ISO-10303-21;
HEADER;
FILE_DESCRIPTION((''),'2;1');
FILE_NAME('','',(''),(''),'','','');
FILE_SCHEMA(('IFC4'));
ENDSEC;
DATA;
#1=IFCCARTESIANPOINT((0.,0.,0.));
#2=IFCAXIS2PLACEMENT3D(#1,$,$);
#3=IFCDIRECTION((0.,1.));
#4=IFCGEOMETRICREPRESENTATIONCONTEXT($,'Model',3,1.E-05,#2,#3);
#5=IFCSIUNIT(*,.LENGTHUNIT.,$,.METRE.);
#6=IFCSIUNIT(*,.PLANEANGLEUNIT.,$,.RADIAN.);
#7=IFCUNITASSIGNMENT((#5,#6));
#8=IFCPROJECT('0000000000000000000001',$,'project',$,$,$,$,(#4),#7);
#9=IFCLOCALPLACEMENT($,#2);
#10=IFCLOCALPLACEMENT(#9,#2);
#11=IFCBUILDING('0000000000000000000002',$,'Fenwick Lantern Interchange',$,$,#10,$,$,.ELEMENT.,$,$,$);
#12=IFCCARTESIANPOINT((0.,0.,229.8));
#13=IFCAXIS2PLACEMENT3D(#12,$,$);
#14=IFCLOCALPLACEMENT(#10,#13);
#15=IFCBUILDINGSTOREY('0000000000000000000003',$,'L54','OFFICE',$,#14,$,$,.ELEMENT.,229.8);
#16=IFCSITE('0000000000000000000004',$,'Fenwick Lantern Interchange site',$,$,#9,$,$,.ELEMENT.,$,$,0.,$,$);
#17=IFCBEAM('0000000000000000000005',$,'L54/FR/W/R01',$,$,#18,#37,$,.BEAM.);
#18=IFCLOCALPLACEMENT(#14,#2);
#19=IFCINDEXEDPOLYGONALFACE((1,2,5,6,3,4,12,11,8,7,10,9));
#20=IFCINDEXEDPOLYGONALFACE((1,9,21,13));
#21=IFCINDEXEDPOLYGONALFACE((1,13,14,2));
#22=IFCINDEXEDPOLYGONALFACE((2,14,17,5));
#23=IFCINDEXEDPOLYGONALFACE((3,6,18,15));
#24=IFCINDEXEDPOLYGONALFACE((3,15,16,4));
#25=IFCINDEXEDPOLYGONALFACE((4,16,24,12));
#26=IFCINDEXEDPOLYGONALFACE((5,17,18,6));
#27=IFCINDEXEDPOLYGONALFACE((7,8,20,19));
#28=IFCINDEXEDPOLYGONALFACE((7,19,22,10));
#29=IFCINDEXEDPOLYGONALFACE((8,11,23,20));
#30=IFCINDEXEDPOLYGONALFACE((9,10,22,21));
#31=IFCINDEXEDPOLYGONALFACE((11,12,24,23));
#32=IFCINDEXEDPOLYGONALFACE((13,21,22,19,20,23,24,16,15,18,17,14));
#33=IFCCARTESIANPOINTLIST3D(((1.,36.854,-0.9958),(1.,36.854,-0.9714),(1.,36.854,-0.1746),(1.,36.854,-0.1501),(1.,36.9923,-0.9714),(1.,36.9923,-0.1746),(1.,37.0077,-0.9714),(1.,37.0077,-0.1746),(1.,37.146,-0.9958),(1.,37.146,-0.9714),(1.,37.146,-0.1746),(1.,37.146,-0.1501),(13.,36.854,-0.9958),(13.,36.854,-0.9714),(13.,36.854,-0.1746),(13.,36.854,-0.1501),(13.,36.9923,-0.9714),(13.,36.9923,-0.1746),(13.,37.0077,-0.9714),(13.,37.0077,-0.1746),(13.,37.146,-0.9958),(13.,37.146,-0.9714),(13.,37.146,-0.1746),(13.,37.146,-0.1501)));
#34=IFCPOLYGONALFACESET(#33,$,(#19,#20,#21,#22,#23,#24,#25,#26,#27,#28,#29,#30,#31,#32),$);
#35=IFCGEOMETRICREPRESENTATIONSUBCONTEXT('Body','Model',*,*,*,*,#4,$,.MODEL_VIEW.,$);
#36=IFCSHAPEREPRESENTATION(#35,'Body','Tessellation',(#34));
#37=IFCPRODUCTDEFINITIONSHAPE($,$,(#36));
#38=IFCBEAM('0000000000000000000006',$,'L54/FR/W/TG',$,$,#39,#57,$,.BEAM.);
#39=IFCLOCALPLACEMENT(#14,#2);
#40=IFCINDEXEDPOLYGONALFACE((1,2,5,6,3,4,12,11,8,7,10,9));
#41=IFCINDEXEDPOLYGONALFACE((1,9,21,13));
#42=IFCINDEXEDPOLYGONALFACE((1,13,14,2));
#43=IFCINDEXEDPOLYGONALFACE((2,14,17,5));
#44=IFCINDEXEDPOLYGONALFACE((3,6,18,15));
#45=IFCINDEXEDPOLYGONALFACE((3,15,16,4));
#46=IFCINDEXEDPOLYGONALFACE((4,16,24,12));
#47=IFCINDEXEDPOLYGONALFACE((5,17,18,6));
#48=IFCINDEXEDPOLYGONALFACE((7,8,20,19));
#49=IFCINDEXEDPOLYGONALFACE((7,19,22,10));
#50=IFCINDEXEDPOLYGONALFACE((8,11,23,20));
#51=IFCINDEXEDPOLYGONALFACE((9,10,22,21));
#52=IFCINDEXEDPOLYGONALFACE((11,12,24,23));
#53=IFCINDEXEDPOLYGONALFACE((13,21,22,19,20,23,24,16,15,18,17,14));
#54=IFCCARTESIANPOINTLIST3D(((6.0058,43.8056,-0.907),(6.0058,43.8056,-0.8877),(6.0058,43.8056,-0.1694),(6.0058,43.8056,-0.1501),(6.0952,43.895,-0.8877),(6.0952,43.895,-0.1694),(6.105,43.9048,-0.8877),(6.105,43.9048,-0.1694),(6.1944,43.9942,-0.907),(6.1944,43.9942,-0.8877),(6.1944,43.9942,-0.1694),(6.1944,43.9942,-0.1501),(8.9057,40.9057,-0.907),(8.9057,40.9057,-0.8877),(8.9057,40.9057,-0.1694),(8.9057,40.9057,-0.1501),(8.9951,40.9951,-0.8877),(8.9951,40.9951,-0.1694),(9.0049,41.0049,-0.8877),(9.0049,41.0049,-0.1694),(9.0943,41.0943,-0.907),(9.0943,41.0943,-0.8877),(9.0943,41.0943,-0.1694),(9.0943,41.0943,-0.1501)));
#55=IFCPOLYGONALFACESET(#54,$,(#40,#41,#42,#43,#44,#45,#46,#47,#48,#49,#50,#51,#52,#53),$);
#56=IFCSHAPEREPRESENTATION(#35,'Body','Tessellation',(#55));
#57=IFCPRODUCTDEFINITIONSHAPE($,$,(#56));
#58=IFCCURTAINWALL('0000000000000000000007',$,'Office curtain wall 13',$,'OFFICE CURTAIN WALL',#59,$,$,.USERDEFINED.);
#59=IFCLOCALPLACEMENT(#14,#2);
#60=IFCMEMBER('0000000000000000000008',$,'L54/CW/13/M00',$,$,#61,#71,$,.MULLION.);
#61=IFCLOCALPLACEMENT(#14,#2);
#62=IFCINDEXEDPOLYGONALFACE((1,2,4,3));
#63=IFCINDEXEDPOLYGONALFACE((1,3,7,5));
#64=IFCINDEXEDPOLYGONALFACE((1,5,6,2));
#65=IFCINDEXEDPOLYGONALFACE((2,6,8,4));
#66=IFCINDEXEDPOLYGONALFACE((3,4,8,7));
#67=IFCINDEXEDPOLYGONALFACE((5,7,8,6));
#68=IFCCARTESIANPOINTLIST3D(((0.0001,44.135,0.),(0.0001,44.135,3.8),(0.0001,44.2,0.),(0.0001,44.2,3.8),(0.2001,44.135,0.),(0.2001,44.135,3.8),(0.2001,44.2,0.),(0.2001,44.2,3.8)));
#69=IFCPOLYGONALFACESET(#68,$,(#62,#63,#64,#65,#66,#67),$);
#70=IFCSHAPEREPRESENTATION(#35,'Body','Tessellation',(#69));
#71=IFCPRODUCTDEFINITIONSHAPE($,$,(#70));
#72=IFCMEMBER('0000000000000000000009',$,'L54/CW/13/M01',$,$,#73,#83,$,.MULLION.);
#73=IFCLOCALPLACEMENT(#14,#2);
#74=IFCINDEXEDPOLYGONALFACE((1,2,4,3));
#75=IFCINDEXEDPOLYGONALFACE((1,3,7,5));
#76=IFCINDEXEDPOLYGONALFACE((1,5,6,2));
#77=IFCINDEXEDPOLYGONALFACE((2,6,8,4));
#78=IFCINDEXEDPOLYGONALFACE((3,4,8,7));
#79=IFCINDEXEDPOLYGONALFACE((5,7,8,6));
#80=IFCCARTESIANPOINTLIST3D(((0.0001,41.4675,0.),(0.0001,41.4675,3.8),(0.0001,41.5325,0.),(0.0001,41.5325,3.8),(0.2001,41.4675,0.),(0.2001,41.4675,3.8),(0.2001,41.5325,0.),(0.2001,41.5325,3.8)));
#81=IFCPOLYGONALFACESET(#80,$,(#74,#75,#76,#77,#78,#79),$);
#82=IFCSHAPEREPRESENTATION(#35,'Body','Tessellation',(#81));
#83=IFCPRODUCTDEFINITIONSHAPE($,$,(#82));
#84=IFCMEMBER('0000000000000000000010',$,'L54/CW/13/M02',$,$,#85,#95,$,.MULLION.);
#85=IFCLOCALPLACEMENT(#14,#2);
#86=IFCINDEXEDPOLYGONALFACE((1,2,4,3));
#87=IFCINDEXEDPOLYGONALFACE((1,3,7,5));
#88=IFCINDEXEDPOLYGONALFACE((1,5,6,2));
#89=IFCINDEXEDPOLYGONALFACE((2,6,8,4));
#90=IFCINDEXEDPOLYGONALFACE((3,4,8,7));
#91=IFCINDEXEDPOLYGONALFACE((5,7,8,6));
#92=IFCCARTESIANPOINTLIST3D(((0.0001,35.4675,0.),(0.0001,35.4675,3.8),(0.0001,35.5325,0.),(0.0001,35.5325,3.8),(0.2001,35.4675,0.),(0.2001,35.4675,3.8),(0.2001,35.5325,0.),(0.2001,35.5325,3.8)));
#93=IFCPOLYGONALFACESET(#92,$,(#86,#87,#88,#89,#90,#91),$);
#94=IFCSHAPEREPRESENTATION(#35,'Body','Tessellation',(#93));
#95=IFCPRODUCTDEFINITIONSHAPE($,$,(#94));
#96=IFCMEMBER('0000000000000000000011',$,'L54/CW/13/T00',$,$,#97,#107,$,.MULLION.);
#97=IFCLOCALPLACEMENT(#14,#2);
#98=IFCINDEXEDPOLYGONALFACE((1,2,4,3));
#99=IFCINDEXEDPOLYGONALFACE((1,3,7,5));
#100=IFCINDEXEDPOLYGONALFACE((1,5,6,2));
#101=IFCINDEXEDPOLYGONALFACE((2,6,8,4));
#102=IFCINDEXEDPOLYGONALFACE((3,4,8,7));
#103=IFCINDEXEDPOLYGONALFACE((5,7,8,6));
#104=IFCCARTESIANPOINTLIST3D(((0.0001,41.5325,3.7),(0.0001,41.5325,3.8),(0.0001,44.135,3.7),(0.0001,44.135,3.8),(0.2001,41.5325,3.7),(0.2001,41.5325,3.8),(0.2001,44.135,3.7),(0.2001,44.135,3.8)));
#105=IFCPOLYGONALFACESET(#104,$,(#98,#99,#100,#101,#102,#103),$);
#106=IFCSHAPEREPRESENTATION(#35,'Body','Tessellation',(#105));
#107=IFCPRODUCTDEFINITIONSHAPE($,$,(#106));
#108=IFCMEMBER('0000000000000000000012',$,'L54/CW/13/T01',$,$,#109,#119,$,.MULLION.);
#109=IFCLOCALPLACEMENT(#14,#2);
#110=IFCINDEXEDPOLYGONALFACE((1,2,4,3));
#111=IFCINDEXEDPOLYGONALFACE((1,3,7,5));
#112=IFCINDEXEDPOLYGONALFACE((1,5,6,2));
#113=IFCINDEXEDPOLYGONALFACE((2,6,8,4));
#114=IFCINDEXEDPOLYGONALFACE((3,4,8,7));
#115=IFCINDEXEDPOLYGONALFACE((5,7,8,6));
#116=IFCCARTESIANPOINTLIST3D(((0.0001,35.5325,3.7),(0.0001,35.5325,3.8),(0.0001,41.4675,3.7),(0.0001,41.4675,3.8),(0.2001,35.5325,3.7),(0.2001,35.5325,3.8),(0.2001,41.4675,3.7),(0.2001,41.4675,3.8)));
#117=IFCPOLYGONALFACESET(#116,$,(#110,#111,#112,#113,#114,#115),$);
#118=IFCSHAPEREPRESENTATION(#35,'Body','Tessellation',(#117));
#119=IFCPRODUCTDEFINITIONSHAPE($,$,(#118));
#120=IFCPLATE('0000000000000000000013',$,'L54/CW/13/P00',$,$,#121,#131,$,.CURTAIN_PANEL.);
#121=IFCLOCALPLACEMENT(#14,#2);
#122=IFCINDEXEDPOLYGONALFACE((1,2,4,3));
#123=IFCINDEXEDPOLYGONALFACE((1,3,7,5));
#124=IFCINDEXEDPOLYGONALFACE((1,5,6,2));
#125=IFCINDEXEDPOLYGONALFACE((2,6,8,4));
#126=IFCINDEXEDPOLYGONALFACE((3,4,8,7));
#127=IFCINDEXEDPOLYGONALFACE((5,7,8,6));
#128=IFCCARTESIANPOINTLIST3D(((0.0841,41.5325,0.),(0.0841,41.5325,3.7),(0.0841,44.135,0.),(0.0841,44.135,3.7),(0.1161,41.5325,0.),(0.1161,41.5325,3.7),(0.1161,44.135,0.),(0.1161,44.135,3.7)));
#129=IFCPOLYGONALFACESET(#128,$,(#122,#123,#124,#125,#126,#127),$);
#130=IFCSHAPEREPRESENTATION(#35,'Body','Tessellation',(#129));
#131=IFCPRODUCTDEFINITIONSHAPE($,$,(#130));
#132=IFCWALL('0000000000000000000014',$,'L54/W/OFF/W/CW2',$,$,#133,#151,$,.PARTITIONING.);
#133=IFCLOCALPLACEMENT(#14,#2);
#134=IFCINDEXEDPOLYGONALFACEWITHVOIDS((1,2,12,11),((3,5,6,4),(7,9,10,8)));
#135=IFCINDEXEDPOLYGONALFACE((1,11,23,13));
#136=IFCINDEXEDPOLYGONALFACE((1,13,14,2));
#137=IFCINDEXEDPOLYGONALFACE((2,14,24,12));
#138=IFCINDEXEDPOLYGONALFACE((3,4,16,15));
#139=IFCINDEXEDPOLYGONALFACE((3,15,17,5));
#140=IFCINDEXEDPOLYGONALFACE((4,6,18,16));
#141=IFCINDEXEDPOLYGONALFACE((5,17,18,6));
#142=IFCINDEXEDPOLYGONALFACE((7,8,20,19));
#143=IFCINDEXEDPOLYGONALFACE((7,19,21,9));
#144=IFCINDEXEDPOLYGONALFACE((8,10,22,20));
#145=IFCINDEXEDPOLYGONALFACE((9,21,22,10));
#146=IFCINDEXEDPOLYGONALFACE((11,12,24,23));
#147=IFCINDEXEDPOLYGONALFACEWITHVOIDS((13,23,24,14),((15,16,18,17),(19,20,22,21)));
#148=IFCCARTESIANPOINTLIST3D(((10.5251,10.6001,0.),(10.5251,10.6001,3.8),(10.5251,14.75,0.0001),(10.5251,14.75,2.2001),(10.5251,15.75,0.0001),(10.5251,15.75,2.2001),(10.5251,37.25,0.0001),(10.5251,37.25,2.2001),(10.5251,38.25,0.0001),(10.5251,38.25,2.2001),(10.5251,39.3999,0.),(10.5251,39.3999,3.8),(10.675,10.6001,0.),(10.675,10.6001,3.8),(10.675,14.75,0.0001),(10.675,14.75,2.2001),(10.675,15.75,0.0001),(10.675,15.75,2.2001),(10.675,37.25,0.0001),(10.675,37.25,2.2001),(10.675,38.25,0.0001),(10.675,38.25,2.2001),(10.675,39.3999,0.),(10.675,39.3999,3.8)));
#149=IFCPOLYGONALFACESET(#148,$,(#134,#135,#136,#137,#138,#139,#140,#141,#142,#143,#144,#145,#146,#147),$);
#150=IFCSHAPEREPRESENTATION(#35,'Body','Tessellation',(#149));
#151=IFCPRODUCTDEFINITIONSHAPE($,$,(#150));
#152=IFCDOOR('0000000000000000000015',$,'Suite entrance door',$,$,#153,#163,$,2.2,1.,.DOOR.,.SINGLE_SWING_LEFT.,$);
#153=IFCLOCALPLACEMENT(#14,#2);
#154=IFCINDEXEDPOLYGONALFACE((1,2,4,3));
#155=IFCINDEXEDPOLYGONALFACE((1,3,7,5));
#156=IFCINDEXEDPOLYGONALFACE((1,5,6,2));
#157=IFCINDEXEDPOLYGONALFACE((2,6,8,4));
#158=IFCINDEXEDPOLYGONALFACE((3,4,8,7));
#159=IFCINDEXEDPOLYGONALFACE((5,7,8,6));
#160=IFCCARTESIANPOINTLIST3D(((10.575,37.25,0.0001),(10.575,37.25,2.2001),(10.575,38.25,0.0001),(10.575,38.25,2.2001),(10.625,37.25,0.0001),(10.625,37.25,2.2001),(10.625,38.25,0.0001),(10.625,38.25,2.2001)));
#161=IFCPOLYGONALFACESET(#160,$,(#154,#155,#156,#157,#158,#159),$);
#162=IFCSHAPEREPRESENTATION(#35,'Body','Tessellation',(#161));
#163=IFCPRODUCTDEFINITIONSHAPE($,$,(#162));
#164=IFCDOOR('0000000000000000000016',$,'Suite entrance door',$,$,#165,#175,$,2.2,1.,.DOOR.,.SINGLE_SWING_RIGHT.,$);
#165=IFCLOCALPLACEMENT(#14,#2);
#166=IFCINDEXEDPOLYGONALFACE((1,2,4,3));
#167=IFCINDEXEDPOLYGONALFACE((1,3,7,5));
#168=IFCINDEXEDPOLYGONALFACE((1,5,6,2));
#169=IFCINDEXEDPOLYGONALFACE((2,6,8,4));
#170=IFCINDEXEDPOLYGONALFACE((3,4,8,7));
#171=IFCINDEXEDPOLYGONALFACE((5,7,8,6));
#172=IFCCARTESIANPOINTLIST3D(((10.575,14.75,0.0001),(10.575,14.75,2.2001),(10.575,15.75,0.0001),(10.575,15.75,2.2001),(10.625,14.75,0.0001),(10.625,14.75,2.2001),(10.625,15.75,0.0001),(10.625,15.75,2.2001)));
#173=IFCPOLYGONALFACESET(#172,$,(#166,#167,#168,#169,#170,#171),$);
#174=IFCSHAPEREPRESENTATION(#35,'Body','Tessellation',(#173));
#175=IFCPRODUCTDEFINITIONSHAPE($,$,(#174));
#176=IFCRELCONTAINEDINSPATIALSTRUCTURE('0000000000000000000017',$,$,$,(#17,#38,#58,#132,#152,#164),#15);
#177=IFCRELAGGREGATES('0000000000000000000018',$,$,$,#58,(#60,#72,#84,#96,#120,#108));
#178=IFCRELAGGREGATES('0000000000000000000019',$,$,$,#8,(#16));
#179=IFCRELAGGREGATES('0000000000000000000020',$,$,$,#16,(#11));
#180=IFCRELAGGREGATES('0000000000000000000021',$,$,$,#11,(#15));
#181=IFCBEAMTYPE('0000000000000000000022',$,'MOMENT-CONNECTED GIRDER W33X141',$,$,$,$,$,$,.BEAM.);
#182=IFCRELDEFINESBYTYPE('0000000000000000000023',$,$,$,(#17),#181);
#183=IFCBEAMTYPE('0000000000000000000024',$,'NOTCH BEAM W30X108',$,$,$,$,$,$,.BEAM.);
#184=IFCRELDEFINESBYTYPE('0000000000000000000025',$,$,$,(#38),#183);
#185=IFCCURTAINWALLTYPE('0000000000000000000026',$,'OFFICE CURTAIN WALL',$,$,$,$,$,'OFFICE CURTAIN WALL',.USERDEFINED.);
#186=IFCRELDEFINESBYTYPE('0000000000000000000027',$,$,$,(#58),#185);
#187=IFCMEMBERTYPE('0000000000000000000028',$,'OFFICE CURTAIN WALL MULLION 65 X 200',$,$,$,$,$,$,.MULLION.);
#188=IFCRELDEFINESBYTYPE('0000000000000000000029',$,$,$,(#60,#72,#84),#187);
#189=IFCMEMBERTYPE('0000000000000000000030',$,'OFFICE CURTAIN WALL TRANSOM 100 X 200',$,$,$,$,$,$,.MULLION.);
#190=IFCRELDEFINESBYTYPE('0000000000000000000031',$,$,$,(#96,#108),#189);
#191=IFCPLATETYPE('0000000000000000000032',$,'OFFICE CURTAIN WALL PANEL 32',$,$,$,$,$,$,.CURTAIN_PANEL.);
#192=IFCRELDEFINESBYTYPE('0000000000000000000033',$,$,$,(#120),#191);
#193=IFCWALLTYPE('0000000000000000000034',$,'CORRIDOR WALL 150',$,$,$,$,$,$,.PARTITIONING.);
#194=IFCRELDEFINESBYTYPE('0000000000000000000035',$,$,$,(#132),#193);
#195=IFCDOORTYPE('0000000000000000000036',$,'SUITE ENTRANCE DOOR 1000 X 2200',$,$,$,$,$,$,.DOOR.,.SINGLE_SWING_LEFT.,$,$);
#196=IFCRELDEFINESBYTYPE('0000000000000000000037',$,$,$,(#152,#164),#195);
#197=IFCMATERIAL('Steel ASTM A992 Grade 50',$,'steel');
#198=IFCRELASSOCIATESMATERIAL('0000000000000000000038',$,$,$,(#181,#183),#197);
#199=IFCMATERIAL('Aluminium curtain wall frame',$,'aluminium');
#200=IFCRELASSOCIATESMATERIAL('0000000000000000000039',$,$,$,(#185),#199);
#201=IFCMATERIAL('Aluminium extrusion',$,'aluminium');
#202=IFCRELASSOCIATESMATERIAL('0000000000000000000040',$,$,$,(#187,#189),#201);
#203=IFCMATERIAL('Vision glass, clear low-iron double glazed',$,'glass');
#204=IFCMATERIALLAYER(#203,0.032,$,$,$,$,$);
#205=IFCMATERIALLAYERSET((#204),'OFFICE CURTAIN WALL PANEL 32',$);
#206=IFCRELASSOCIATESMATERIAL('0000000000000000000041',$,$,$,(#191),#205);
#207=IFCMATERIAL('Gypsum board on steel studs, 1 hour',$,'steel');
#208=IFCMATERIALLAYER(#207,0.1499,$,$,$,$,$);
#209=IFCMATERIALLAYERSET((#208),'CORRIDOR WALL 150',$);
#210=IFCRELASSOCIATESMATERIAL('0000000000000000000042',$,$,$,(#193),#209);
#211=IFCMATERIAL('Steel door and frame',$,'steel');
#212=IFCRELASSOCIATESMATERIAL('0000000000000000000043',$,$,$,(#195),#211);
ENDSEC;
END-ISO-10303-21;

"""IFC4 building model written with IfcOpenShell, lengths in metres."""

from ifc_helpers import new_model, si_unit, direction, frame, frame_2d, origin, origin_2d, place, context, subcontext, project, spatial, rectangle, i_section, extrude, material, layer, layer_set, material_profile, profile_set, type_object, element, fill, aggregate, save


model = new_model("IFC4")

# Units and contexts
model_context = context("Model", 3, precision=1e-05, world=origin(), true_north=direction((0.0, 1.0)))
body_context = subcontext(model_context, "Body", "Model", "MODEL_VIEW")
ifc_project = project(units=[si_unit("LENGTHUNIT", "METRE"), si_unit("PLANEANGLEUNIT", "RADIAN")], contexts=[model_context])

# Site, building, storey
site_placement = place(None, origin())
site = spatial("IfcSite", under=ifc_project, at=site_placement, Name="Fenwick Lantern Interchange site", CompositionType="ELEMENT", RefElevation=0.0)
building_placement = place(site_placement, origin())
building = spatial("IfcBuilding", under=site, at=building_placement, Name="Fenwick Lantern Interchange", CompositionType="ELEMENT")
storey_placement = place(building_placement, frame((0.0, 0.0, 229.8)))
storey = spatial("IfcBuildingStorey", under=building, at=storey_placement, Name="L54", Description="OFFICE", CompositionType="ELEMENT", Elevation=229.8)

# Shared definitions
ifc_material_1 = material(Name="Steel ASTM A992 Grade 50", Category="steel")

# Beams
ifc_material_profile_1 = material_profile(ifc_material_1, i_section(OverallWidth=0.292, OverallDepth=0.8457, WebThickness=0.0154, FlangeThickness=0.0244, at=origin_2d()), Name="W33X141")
ifc_profile_set_1 = profile_set([ifc_material_profile_1], Name="Steel ASTM A992 Grade 50")
beam_type_1 = type_object("IfcBeamType", Name="MOMENT-CONNECTED GIRDER W33X141", PredefinedType="BEAM", material=ifc_profile_set_1)
beam_1_placement = place(storey_placement, frame((1.0, 37.0, -0.573), z_axis=(1.0, 0.0, 0.0), x_axis=(0.0, 1.0, 0.0)))
element("IfcBeam", 1, at=beam_1_placement, inside=storey, type_object=beam_type_1, Name="L54/FR/W/R01", PredefinedType="BEAM", context=body_context, shape_type="SweptSolid", body=[
    extrude(i_section(OverallWidth=0.292, OverallDepth=0.8457, WebThickness=0.0154, FlangeThickness=0.0244, at=origin_2d()), origin(), (0.0, 0.0, 1.0), 12.0),
])
ifc_material_profile_2 = material_profile(ifc_material_1, i_section(OverallWidth=0.2666, OverallDepth=0.7568, WebThickness=0.0139, FlangeThickness=0.0193, at=origin_2d()), Name="W30X108")
ifc_profile_set_2 = profile_set([ifc_material_profile_2], Name="Steel ASTM A992 Grade 50")
beam_type_2 = type_object("IfcBeamType", Name="NOTCH BEAM W30X108", PredefinedType="BEAM", material=ifc_profile_set_2)
beam_2_placement = place(storey_placement, frame((9.0, 41.0, -0.5286), z_axis=(-0.707107, 0.707107, 0.0), x_axis=(-0.707107, -0.707107, 0.0)))
element("IfcBeam", 2, at=beam_2_placement, inside=storey, type_object=beam_type_2, Name="L54/FR/W/TG", PredefinedType="BEAM", context=body_context, shape_type="SweptSolid", body=[
    extrude(i_section(OverallWidth=0.2666, OverallDepth=0.7568, WebThickness=0.0139, FlangeThickness=0.0193, at=origin_2d()), origin(), (0.0, 0.0, 1.0), 4.1011),
])

# Curtain wall, members, plate
ifc_material_2 = material(Name="Aluminium curtain wall frame", Category="aluminium")
curtain_wall_type = type_object("IfcCurtainWallType", Name="OFFICE CURTAIN WALL", ElementType="OFFICE CURTAIN WALL", PredefinedType="USERDEFINED", material=ifc_material_2)
curtain_wall_placement = place(storey_placement, origin())
curtain_wall = element("IfcCurtainWall", 3, at=curtain_wall_placement, inside=storey, type_object=curtain_wall_type, Name="Office curtain wall 13", ObjectType="OFFICE CURTAIN WALL", PredefinedType="USERDEFINED")
ifc_material_3 = material(Name="Aluminium extrusion", Category="aluminium")
ifc_material_profile_3 = material_profile(ifc_material_3, rectangle(XDim=0.2, YDim=0.0649, at=origin_2d()), Name="OFFICE CURTAIN WALL MULLION 65 X 200")
ifc_profile_set_3 = profile_set([ifc_material_profile_3], Name="Aluminium extrusion")
member_type_1 = type_object("IfcMemberType", Name="OFFICE CURTAIN WALL MULLION 65 X 200", PredefinedType="MULLION", material=ifc_profile_set_3)
member_1_placement = place(storey_placement, frame((0.1001, 44.1675, 0.0), z_axis=(0.0, 0.0, 1.0), x_axis=(1.0, 0.0, 0.0)))
member_1 = element("IfcMember", 4, at=member_1_placement, type_object=member_type_1, Name="L54/CW/13/M00", PredefinedType="MULLION", context=body_context, shape_type="SweptSolid", body=[
    extrude(rectangle(XDim=0.2, YDim=0.0649, at=origin_2d()), origin(), (0.0, 0.0, 1.0), 3.8),
])
member_2_placement = place(storey_placement, frame((0.1001, 41.5, 0.0), z_axis=(0.0, 0.0, 1.0), x_axis=(1.0, 0.0, 0.0)))
member_2 = element("IfcMember", 5, at=member_2_placement, type_object=member_type_1, Name="L54/CW/13/M01", PredefinedType="MULLION", context=body_context, shape_type="SweptSolid", body=[
    extrude(rectangle(XDim=0.2, YDim=0.0649, at=origin_2d()), origin(), (0.0, 0.0, 1.0), 3.8),
])
member_3_placement = place(storey_placement, frame((0.1001, 35.5, 0.0), z_axis=(0.0, 0.0, 1.0), x_axis=(1.0, 0.0, 0.0)))
member_3 = element("IfcMember", 6, at=member_3_placement, type_object=member_type_1, Name="L54/CW/13/M02", PredefinedType="MULLION", context=body_context, shape_type="SweptSolid", body=[
    extrude(rectangle(XDim=0.2, YDim=0.0649, at=origin_2d()), origin(), (0.0, 0.0, 1.0), 3.8),
])
ifc_material_profile_4 = material_profile(ifc_material_3, rectangle(XDim=0.2, YDim=0.1001, at=origin_2d()), Name="OFFICE CURTAIN WALL TRANSOM 100 X 200")
ifc_profile_set_4 = profile_set([ifc_material_profile_4], Name="Aluminium extrusion")
member_type_2 = type_object("IfcMemberType", Name="OFFICE CURTAIN WALL TRANSOM 100 X 200", PredefinedType="MULLION", material=ifc_profile_set_4)
member_4_placement = place(storey_placement, frame((0.1001, 44.135, 3.75), z_axis=(0.0, -1.0, 0.0), x_axis=(1.0, 0.0, 0.0)))
member_4 = element("IfcMember", 7, at=member_4_placement, type_object=member_type_2, Name="L54/CW/13/T00", PredefinedType="MULLION", context=body_context, shape_type="SweptSolid", body=[
    extrude(rectangle(XDim=0.2, YDim=0.1001, at=origin_2d()), origin(), (0.0, 0.0, 1.0), 2.6025),
])
member_5_placement = place(storey_placement, frame((0.1001, 41.4675, 3.75), z_axis=(0.0, -1.0, 0.0), x_axis=(1.0, 0.0, 0.0)))
member_5 = element("IfcMember", 8, at=member_5_placement, type_object=member_type_2, Name="L54/CW/13/T01", PredefinedType="MULLION", context=body_context, shape_type="SweptSolid", body=[
    extrude(rectangle(XDim=0.2, YDim=0.1001, at=origin_2d()), origin(), (0.0, 0.0, 1.0), 5.9351),
])
ifc_material_4 = material(Name="Vision glass, clear low-iron double glazed", Category="glass")
ifc_layer_1 = layer(ifc_material_4, 0.032)
ifc_layer_set_1 = layer_set([ifc_layer_1], Name="OFFICE CURTAIN WALL PANEL 32")
plate_type = type_object("IfcPlateType", Name="OFFICE CURTAIN WALL PANEL 32", PredefinedType="CURTAIN_PANEL", material=ifc_layer_set_1)
plate_1_placement = place(storey_placement, frame((0.1001, 42.8337, 0.0), z_axis=(0.0, 0.0, 1.0), x_axis=(0.0, -1.0, 0.0)))
plate_1 = element("IfcPlate", 9, at=plate_1_placement, type_object=plate_type, Name="L54/CW/13/P00", PredefinedType="CURTAIN_PANEL", context=body_context, shape_type="SweptSolid", body=[
    extrude(rectangle(XDim=2.6025, YDim=0.032, at=origin_2d()), origin(), (0.0, 0.0, 1.0), 3.7),
])
aggregate(curtain_wall, [member_1, member_2, member_3, member_4, plate_1, member_5])

# Wall, openings, doors
ifc_material_5 = material(Name="Gypsum board on steel studs, 1 hour", Category="steel")
ifc_layer_2 = layer(ifc_material_5, 0.1499)
ifc_layer_set_2 = layer_set([ifc_layer_2], Name="CORRIDOR WALL 150")
wall_type_1 = type_object("IfcWallType", Name="CORRIDOR WALL 150", PredefinedType="PARTITIONING", material=ifc_layer_set_2)
wall_1_placement = place(storey_placement, frame((10.6001, 39.3999, 0.0), z_axis=(0.0, 0.0, 1.0), x_axis=(0.0, -1.0, 0.0)))
wall_1 = element("IfcWall", 10, at=wall_1_placement, inside=storey, type_object=wall_type_1, Name="L54/W/OFF/W/CW2", PredefinedType="PARTITIONING", context=body_context, shape_type="SweptSolid", body=[
    extrude(rectangle(XDim=28.7998, YDim=0.1499, at=frame_2d((14.3999, 0.0))), origin(), (0.0, 0.0, 1.0), 3.8),
])
opening_1_placement = place(wall_1_placement, frame((1.1499, 0.0, 0.0)))
opening_1 = element("IfcOpeningElement", 11, at=opening_1_placement, cuts=wall_1, PredefinedType="OPENING", context=body_context, shape_type="SweptSolid", body=[
    extrude(rectangle(XDim=1.0, YDim=2.2, at=frame_2d((0.5, 1.1001))), frame((0.0, 0.085, 0.0), z_axis=(0.0, -1.0, 0.0), x_axis=(1.0, 0.0, 0.0)), (0.0, 0.0, 1.0), 0.1699),
])
opening_2_placement = place(wall_1_placement, frame((23.6499, 0.0, 0.0)))
opening_2 = element("IfcOpeningElement", 12, at=opening_2_placement, cuts=wall_1, PredefinedType="OPENING", context=body_context, shape_type="SweptSolid", body=[
    extrude(rectangle(XDim=1.0, YDim=2.2, at=frame_2d((0.5, 1.1001))), frame((0.0, 0.085, 0.0), z_axis=(0.0, -1.0, 0.0), x_axis=(1.0, 0.0, 0.0)), (0.0, 0.0, 1.0), 0.1699),
])
ifc_material_6 = material(Name="Steel door and frame", Category="steel")
door_type_1 = type_object("IfcDoorType", Name="SUITE ENTRANCE DOOR 1000 X 2200", OperationType="SINGLE_SWING_LEFT", PredefinedType="DOOR", material=ifc_material_6)
door_1_placement = place(opening_1_placement, origin())
door_1 = element("IfcDoor", 13, at=door_1_placement, inside=storey, type_object=door_type_1, Name="Suite entrance door", OperationType="SINGLE_SWING_LEFT", OverallHeight=2.2, OverallWidth=1.0, PredefinedType="DOOR", context=body_context, shape_type="SweptSolid", body=[
    extrude(rectangle(XDim=1.0, YDim=2.2, at=frame_2d((0.5, 1.1001))), frame((0.0, 0.0249, 0.0), z_axis=(0.0, -1.0, 0.0), x_axis=(1.0, 0.0, 0.0)), (0.0, 0.0, 1.0), 0.05),
])
fill(opening_1, door_1)
door_2_placement = place(opening_2_placement, origin())
door_2 = element("IfcDoor", 14, at=door_2_placement, inside=storey, type_object=door_type_1, Name="Suite entrance door", OperationType="SINGLE_SWING_RIGHT", OverallHeight=2.2, OverallWidth=1.0, PredefinedType="DOOR", context=body_context, shape_type="SweptSolid", body=[
    extrude(rectangle(XDim=1.0, YDim=2.2, at=frame_2d((0.5, 1.1001))), frame((0.0, 0.0249, 0.0), z_axis=(0.0, -1.0, 0.0), x_axis=(1.0, 0.0, 0.0)), (0.0, 0.0, 1.0), 0.05),
])
fill(opening_2, door_2)

save(model, "model.ifc")
